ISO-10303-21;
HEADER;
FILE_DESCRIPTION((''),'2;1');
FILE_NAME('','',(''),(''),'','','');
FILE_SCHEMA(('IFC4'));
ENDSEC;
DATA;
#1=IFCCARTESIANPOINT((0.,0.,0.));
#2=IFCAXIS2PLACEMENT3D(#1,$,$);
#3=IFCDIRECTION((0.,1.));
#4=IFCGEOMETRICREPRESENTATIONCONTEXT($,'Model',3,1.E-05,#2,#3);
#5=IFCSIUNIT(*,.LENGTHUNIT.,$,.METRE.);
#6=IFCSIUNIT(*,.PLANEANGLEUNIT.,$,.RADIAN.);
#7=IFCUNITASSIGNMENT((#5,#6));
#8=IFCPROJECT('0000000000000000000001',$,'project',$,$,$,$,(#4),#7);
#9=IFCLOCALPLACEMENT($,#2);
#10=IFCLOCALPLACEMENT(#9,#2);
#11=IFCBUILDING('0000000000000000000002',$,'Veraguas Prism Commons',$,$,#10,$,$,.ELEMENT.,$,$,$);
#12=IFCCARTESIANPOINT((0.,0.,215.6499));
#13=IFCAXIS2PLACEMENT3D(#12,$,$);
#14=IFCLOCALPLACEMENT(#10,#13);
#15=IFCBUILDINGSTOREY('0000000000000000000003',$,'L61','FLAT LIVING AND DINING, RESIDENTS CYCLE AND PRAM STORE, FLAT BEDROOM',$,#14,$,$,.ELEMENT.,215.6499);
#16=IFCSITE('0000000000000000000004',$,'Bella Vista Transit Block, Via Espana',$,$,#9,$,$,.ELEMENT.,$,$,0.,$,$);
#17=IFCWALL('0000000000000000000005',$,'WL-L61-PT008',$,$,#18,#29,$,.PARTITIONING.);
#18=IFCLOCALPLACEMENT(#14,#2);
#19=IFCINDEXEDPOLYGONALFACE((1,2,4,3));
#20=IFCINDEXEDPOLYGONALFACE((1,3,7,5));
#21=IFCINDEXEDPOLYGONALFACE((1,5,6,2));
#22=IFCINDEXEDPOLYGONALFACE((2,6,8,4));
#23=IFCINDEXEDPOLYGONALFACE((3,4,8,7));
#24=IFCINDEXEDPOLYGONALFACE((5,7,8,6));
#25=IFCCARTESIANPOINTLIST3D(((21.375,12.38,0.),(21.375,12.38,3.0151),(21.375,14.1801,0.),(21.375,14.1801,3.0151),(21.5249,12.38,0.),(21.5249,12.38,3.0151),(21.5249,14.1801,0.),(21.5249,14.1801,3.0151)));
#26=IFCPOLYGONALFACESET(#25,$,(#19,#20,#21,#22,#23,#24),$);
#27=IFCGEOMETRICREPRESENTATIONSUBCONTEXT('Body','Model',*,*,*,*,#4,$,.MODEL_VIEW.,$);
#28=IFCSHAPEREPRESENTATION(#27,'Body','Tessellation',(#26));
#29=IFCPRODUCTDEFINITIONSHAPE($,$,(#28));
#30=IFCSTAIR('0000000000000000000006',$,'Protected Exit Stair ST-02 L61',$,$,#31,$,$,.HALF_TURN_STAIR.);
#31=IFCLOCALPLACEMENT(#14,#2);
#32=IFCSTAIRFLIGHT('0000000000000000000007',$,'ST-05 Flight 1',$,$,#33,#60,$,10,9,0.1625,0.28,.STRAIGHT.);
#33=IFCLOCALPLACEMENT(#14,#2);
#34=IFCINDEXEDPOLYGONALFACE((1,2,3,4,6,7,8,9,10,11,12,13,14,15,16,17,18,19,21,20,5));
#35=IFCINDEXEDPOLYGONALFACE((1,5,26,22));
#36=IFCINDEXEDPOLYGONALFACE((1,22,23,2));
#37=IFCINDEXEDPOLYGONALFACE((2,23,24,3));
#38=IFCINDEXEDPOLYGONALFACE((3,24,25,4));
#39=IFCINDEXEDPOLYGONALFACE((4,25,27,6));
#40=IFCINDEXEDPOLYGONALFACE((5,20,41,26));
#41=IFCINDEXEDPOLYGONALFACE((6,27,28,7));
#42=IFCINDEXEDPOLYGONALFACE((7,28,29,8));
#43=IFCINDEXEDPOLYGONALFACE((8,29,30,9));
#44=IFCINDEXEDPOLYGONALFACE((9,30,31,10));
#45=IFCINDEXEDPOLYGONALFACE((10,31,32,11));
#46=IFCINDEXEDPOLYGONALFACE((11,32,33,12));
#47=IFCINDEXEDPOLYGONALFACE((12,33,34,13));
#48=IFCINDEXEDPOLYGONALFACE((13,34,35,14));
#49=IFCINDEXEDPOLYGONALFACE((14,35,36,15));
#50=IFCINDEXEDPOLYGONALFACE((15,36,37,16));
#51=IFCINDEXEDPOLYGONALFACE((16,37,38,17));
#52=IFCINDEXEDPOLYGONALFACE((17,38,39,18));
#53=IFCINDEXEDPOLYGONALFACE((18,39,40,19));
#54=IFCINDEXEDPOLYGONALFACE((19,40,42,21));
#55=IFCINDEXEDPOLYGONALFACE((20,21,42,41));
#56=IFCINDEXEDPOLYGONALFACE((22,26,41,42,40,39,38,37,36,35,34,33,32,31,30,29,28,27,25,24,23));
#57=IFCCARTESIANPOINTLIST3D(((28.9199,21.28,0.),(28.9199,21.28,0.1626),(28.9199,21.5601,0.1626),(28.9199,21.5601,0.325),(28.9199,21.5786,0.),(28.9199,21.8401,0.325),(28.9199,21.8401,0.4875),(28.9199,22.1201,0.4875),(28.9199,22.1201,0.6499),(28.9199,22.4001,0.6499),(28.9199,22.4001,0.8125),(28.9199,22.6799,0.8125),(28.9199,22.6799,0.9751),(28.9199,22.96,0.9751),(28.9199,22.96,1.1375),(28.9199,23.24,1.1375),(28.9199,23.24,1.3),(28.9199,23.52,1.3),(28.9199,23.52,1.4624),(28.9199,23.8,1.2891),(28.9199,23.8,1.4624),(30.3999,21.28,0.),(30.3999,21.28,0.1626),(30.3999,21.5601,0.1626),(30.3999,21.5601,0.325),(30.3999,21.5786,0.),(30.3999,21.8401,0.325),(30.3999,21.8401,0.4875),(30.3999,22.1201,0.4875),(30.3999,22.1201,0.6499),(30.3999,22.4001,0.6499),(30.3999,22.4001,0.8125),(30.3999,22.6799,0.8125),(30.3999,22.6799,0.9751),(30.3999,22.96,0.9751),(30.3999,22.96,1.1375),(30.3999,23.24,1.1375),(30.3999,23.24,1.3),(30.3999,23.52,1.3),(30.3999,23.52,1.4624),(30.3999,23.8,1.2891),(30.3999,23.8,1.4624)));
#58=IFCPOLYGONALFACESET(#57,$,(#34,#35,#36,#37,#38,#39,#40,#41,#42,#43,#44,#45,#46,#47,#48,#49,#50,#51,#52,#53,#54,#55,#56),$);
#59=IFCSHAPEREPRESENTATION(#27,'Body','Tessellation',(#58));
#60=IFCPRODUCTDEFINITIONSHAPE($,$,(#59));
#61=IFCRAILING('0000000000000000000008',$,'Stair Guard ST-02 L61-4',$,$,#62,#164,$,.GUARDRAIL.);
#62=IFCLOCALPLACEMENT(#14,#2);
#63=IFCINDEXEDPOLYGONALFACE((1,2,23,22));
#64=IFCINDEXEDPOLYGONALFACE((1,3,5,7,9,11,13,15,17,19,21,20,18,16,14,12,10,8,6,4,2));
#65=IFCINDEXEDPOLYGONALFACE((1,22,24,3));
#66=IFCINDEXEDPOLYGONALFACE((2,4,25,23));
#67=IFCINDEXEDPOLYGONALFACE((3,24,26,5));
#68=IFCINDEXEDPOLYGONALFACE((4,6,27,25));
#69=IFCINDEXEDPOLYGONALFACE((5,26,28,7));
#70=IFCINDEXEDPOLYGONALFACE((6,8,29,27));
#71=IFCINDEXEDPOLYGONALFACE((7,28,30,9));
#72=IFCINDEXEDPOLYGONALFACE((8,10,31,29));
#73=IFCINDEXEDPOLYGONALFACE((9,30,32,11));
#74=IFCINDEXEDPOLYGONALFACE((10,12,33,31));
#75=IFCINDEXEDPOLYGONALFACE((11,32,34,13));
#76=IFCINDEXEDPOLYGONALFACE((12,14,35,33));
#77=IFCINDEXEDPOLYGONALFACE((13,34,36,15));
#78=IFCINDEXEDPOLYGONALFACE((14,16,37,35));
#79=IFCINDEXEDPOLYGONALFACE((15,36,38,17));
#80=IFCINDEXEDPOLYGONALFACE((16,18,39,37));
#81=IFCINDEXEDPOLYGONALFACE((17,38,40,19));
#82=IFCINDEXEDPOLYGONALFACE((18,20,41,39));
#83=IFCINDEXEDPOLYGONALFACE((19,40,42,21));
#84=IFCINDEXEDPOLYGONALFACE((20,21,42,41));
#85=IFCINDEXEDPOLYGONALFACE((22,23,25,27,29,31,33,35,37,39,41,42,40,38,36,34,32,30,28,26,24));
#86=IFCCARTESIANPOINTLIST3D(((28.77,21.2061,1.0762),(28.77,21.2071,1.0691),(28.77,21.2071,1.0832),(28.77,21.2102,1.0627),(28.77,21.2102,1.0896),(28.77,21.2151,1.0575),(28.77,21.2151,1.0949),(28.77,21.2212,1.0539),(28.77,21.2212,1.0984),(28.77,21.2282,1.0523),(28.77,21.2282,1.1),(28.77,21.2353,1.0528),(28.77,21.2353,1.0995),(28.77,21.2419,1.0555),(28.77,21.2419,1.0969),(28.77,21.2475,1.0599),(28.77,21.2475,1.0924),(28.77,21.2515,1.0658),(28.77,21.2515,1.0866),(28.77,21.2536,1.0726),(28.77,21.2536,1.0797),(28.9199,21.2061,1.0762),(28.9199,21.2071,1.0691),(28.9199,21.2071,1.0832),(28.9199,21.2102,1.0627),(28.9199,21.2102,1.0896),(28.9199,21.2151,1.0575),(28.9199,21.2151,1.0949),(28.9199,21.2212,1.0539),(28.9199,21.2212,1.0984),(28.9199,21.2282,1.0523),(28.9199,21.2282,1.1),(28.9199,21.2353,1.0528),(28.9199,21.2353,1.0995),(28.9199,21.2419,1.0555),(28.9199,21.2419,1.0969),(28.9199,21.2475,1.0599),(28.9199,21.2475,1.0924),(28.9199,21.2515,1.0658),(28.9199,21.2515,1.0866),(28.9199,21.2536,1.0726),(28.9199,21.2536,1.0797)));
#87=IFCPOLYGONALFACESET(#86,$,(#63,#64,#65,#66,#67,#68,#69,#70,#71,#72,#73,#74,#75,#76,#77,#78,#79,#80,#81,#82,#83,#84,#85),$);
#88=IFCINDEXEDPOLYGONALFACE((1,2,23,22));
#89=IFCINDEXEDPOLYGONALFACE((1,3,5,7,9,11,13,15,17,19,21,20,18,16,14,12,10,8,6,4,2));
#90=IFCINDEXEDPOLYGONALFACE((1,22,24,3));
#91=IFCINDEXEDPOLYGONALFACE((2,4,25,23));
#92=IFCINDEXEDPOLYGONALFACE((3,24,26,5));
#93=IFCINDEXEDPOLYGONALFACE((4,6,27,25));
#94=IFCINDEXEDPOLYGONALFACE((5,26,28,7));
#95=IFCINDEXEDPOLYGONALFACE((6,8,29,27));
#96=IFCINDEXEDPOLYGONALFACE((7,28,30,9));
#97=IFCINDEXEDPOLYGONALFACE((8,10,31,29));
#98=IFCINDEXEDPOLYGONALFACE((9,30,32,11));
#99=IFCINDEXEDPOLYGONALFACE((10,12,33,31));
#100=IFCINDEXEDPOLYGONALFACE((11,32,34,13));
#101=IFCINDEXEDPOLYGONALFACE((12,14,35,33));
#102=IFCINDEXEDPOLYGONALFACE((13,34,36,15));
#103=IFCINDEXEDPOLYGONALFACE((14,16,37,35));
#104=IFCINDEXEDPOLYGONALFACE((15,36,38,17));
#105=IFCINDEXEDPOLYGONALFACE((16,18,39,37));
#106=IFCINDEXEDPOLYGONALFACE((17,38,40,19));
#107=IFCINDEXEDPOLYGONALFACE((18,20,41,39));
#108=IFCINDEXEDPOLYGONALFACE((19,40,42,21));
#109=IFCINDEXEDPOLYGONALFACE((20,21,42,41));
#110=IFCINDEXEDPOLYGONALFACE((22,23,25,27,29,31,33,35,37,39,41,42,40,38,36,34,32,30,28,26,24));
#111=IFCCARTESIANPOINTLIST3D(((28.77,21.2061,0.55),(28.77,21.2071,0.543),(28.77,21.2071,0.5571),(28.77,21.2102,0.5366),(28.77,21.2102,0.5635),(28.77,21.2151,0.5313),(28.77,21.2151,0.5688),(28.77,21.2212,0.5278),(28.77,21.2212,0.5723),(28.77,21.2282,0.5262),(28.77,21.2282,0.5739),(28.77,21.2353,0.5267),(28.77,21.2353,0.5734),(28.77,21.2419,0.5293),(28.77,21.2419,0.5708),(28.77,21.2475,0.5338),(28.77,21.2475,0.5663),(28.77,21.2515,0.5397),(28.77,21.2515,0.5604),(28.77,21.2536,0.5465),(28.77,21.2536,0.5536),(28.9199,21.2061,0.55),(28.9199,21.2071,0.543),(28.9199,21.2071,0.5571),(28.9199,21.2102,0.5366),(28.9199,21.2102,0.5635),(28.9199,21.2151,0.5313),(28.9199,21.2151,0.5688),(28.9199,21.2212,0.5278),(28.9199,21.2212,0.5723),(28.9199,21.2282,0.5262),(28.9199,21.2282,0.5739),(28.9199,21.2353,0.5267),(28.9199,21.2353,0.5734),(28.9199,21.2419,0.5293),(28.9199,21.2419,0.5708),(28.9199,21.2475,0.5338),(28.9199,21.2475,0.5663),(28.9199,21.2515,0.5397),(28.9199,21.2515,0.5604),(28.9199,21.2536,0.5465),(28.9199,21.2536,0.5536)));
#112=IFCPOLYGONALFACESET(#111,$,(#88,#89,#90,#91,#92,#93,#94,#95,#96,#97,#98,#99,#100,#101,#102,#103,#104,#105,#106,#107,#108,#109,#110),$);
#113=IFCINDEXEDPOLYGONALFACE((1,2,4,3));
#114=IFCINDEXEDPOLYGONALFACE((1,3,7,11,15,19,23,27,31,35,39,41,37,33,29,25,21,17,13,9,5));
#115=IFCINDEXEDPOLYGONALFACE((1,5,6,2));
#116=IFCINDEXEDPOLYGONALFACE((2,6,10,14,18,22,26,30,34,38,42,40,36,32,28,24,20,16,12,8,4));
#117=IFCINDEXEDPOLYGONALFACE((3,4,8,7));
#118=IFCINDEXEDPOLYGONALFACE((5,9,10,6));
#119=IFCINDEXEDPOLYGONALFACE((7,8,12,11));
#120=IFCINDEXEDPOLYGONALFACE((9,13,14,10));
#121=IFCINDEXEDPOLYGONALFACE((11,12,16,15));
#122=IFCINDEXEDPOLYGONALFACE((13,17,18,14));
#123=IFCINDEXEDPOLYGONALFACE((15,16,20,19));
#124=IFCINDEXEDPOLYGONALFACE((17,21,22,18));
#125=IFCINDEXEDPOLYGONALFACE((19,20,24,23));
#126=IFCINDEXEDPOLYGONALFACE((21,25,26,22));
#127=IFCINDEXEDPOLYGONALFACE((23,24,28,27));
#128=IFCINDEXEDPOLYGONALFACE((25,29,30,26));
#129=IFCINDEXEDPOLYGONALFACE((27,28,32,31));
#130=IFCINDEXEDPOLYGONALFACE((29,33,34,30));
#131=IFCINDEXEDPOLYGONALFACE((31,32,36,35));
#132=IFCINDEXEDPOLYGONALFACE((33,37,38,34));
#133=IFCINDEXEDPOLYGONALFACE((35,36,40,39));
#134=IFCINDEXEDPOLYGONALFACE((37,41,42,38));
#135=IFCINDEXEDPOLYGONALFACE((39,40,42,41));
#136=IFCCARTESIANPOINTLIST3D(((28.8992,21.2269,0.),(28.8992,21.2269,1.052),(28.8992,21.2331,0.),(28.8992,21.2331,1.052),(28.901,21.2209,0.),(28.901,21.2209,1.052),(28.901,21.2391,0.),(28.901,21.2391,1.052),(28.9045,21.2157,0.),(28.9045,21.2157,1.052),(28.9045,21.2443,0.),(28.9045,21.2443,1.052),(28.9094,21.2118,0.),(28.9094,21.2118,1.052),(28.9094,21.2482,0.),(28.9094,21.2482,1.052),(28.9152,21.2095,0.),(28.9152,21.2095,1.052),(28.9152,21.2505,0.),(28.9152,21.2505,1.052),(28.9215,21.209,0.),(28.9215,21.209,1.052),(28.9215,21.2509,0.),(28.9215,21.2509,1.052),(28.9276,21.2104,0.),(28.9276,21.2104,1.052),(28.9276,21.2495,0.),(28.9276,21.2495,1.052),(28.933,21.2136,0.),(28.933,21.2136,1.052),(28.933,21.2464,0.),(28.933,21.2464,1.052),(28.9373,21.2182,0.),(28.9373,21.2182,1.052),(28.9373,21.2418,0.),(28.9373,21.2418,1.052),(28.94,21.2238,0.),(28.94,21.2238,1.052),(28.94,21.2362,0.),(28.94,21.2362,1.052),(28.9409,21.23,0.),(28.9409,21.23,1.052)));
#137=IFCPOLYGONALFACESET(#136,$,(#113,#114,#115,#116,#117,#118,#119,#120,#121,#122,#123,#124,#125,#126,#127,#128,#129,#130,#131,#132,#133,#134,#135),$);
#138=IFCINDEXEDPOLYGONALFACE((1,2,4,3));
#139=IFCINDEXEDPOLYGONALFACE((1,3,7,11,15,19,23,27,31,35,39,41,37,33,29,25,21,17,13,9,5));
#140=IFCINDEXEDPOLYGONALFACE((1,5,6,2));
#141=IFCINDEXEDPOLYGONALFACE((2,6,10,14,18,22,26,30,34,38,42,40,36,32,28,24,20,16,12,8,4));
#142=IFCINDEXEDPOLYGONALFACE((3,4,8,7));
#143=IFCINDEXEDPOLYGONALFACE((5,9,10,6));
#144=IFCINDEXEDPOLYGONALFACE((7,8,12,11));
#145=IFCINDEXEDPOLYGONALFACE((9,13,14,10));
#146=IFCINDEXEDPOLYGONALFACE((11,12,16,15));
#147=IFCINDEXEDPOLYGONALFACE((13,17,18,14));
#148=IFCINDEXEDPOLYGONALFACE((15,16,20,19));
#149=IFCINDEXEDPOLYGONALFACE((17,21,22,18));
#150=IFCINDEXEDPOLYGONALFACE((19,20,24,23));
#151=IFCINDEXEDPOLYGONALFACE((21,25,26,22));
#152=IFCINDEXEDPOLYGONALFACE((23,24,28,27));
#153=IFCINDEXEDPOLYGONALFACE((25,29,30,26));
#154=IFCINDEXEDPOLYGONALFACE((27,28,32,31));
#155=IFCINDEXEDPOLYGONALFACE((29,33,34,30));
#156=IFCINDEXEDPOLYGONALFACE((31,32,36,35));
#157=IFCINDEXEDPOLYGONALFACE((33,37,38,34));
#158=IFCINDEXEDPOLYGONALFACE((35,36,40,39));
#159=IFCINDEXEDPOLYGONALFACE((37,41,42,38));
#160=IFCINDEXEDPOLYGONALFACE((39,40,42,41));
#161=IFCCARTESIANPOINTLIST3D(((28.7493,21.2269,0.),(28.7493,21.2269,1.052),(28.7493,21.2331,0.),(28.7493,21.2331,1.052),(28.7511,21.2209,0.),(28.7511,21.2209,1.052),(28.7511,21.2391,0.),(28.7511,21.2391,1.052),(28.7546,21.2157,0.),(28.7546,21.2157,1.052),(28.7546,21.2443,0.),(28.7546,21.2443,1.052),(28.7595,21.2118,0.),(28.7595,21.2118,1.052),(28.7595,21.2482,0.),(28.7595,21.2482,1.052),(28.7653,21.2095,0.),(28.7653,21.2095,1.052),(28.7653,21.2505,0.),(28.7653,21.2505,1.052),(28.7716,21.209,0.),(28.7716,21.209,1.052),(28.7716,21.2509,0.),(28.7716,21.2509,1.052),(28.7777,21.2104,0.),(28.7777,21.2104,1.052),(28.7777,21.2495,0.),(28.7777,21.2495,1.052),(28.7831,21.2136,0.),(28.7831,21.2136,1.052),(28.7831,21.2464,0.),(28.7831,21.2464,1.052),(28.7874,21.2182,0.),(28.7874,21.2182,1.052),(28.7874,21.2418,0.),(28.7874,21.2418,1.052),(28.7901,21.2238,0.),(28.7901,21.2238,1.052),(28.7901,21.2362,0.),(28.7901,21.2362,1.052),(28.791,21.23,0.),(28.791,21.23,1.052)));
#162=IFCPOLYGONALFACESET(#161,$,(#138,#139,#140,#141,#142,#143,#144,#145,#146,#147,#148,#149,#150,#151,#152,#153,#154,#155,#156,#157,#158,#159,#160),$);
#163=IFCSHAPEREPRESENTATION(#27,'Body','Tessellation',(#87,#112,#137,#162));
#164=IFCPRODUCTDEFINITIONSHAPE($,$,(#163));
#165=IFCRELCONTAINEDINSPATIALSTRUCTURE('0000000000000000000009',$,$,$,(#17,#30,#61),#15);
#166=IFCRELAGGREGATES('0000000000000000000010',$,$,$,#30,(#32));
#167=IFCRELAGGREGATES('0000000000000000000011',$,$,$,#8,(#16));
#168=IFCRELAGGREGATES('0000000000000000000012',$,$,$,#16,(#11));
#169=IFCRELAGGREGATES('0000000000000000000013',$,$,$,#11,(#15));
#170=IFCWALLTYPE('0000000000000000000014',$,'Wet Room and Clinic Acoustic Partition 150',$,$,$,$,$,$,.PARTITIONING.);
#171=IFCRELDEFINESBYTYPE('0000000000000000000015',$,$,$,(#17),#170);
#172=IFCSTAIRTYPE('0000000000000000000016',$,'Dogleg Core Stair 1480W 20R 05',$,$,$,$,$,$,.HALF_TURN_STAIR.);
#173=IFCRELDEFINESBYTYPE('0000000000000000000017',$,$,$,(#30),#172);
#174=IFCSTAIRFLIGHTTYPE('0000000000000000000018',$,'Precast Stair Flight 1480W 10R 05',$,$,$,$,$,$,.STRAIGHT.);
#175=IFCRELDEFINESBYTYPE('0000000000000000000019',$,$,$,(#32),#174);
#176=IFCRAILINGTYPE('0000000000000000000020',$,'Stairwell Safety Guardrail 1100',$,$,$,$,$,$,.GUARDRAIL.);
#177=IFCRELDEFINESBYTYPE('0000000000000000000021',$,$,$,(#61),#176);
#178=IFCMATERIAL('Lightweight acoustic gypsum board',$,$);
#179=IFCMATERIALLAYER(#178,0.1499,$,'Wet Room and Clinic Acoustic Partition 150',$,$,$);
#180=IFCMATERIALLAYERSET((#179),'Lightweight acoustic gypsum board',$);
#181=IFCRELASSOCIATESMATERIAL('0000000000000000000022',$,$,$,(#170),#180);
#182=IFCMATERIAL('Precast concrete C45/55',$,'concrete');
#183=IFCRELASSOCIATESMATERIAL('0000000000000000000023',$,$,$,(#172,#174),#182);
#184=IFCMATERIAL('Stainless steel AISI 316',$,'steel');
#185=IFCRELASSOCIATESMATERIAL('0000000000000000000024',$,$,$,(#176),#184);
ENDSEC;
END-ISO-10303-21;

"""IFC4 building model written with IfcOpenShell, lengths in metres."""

from ifc_helpers import new_model, si_unit, direction, frame, frame_2d, origin, origin_2d, place, context, subcontext, project, spatial, polyline, rectangle, circle, outline, extrude, material, layer, layer_set, type_object, element, aggregate, save


model = new_model("IFC4")

# Units and contexts
model_context = context("Model", 3, precision=1e-05, world=origin(), true_north=direction((0.0, 1.0)))
body_context = subcontext(model_context, "Body", "Model", "MODEL_VIEW")
ifc_project = project(units=[si_unit("LENGTHUNIT", "METRE"), si_unit("PLANEANGLEUNIT", "RADIAN")], contexts=[model_context])

# Site, building, storey
site_placement = place(None, origin())
site = spatial("IfcSite", under=ifc_project, at=site_placement, Name="Bella Vista Transit Block, Via Espana", CompositionType="ELEMENT", RefElevation=0.0)
building_placement = place(site_placement, origin())
building = spatial("IfcBuilding", under=site, at=building_placement, Name="Veraguas Prism Commons", CompositionType="ELEMENT")
storey_placement = place(building_placement, frame((0.0, 0.0, 215.6499)))
storey = spatial("IfcBuildingStorey", under=building, at=storey_placement, Name="L61", Description="FLAT LIVING AND DINING, RESIDENTS CYCLE AND PRAM STORE, FLAT BEDROOM", CompositionType="ELEMENT", Elevation=215.6499)

# Shared definitions
ifc_material_1 = material(Name="Lightweight acoustic gypsum board")

# Shared definitions
ifc_material_2 = material(Name="Stainless steel AISI 316", Category="steel")

# Wall
ifc_layer_1 = layer(ifc_material_1, 0.1499, Name="Wet Room and Clinic Acoustic Partition 150")
ifc_layer_set_1 = layer_set([ifc_layer_1], Name="Lightweight acoustic gypsum board")
wall_type_1 = type_object("IfcWallType", Name="Wet Room and Clinic Acoustic Partition 150", PredefinedType="PARTITIONING", material=ifc_layer_set_1)
wall_1_placement = place(storey_placement, frame((21.45, 14.1799, 0.0), z_axis=(0.0, 0.0, 1.0), x_axis=(0.0, -1.0, 0.0)))
element("IfcWall", 1, at=wall_1_placement, inside=storey, type_object=wall_type_1, Name="WL-L61-PT008", PredefinedType="PARTITIONING", context=body_context, shape_type="SweptSolid", body=[
    extrude(rectangle(XDim=1.8, YDim=0.1499, at=frame_2d((0.8999, 0.0))), origin(), (0.0, 0.0, 1.0), 3.0151),
])

# Stair, stair flight
ifc_material_3 = material(Name="Precast concrete C45/55", Category="concrete")
stair_type = type_object("IfcStairType", Name="Dogleg Core Stair 1480W 20R 05", PredefinedType="HALF_TURN_STAIR", material=ifc_material_3)
stair_placement = place(storey_placement, origin())
stair = element("IfcStair", 2, at=stair_placement, inside=storey, type_object=stair_type, Name="Protected Exit Stair ST-02 L61", PredefinedType="HALF_TURN_STAIR")
stair_flight_type = type_object("IfcStairFlightType", Name="Precast Stair Flight 1480W 10R 05", PredefinedType="STRAIGHT", material=ifc_material_3)
stair_flight_placement = place(storey_placement, frame((29.6599, 21.28, 0.0), z_axis=(0.0, 0.0, 1.0), x_axis=(0.0, 1.0, 0.0)))
stair_flight = element("IfcStairFlight", 3, at=stair_flight_placement, type_object=stair_flight_type, Name="ST-05 Flight 1", NumberOfRisers=10, NumberOfTreads=9, PredefinedType="STRAIGHT", RiserHeight=0.1625, TreadLength=0.28, context=body_context, shape_type="SweptSolid", body=[
    extrude(outline(polyline([(0.0, 0.0), (0.0, 0.1626), (0.28, 0.1626), (0.28, 0.325), (0.5601, 0.325), (0.5601, 0.4875), (0.8401, 0.4875), (0.8401, 0.6499), (1.1201, 0.6499), (1.1201, 0.8125), (1.3999, 0.8125), (1.3999, 0.9751), (1.6799, 0.9751), (1.6799, 1.1375), (1.96, 1.1375), (1.96, 1.3), (2.24, 1.3), (2.24, 1.4624), (2.52, 1.4624), (2.52, 1.625), (2.52, 1.2891), (0.2986, 0.0), (0.0, 0.0)])), frame((0.0, 0.74, 0.0), z_axis=(0.0, -1.0, 0.0), x_axis=(1.0, 0.0, 0.0)), (0.0, 0.0, 1.0), 1.48),
])
aggregate(stair, [stair_flight])

# Railing
railing_type = type_object("IfcRailingType", Name="Stairwell Safety Guardrail 1100", PredefinedType="GUARDRAIL", material=ifc_material_2)
railing_placement = place(storey_placement, frame((28.9199, 21.23, 0.0)))
element("IfcRailing", 4, at=railing_placement, inside=storey, type_object=railing_type, Name="Stair Guard ST-02 L61-4", PredefinedType="GUARDRAIL", context=body_context, shape_type="SweptSolid", body=[
    extrude(circle(Radius=0.0239, at=origin_2d()), frame((0.0, 0.0, 1.0762), z_axis=(-1.0, 0.0, 0.0), x_axis=(0.0, -1.0, 0.0)), (0.0, 0.0, 1.0), 0.1499),
    extrude(circle(Radius=0.0239, at=origin_2d()), frame((0.0, 0.0, 0.55), z_axis=(-1.0, 0.0, 0.0), x_axis=(0.0, -1.0, 0.0)), (0.0, 0.0, 1.0), 0.1499),
    extrude(circle(Radius=0.021, at=origin_2d()), origin(), (0.0, 0.0, 1.0), 1.052),
    extrude(circle(Radius=0.021, at=origin_2d()), frame((-0.1499, 0.0, 0.0)), (0.0, 0.0, 1.0), 1.052),
])

save(model, "model.ifc")
